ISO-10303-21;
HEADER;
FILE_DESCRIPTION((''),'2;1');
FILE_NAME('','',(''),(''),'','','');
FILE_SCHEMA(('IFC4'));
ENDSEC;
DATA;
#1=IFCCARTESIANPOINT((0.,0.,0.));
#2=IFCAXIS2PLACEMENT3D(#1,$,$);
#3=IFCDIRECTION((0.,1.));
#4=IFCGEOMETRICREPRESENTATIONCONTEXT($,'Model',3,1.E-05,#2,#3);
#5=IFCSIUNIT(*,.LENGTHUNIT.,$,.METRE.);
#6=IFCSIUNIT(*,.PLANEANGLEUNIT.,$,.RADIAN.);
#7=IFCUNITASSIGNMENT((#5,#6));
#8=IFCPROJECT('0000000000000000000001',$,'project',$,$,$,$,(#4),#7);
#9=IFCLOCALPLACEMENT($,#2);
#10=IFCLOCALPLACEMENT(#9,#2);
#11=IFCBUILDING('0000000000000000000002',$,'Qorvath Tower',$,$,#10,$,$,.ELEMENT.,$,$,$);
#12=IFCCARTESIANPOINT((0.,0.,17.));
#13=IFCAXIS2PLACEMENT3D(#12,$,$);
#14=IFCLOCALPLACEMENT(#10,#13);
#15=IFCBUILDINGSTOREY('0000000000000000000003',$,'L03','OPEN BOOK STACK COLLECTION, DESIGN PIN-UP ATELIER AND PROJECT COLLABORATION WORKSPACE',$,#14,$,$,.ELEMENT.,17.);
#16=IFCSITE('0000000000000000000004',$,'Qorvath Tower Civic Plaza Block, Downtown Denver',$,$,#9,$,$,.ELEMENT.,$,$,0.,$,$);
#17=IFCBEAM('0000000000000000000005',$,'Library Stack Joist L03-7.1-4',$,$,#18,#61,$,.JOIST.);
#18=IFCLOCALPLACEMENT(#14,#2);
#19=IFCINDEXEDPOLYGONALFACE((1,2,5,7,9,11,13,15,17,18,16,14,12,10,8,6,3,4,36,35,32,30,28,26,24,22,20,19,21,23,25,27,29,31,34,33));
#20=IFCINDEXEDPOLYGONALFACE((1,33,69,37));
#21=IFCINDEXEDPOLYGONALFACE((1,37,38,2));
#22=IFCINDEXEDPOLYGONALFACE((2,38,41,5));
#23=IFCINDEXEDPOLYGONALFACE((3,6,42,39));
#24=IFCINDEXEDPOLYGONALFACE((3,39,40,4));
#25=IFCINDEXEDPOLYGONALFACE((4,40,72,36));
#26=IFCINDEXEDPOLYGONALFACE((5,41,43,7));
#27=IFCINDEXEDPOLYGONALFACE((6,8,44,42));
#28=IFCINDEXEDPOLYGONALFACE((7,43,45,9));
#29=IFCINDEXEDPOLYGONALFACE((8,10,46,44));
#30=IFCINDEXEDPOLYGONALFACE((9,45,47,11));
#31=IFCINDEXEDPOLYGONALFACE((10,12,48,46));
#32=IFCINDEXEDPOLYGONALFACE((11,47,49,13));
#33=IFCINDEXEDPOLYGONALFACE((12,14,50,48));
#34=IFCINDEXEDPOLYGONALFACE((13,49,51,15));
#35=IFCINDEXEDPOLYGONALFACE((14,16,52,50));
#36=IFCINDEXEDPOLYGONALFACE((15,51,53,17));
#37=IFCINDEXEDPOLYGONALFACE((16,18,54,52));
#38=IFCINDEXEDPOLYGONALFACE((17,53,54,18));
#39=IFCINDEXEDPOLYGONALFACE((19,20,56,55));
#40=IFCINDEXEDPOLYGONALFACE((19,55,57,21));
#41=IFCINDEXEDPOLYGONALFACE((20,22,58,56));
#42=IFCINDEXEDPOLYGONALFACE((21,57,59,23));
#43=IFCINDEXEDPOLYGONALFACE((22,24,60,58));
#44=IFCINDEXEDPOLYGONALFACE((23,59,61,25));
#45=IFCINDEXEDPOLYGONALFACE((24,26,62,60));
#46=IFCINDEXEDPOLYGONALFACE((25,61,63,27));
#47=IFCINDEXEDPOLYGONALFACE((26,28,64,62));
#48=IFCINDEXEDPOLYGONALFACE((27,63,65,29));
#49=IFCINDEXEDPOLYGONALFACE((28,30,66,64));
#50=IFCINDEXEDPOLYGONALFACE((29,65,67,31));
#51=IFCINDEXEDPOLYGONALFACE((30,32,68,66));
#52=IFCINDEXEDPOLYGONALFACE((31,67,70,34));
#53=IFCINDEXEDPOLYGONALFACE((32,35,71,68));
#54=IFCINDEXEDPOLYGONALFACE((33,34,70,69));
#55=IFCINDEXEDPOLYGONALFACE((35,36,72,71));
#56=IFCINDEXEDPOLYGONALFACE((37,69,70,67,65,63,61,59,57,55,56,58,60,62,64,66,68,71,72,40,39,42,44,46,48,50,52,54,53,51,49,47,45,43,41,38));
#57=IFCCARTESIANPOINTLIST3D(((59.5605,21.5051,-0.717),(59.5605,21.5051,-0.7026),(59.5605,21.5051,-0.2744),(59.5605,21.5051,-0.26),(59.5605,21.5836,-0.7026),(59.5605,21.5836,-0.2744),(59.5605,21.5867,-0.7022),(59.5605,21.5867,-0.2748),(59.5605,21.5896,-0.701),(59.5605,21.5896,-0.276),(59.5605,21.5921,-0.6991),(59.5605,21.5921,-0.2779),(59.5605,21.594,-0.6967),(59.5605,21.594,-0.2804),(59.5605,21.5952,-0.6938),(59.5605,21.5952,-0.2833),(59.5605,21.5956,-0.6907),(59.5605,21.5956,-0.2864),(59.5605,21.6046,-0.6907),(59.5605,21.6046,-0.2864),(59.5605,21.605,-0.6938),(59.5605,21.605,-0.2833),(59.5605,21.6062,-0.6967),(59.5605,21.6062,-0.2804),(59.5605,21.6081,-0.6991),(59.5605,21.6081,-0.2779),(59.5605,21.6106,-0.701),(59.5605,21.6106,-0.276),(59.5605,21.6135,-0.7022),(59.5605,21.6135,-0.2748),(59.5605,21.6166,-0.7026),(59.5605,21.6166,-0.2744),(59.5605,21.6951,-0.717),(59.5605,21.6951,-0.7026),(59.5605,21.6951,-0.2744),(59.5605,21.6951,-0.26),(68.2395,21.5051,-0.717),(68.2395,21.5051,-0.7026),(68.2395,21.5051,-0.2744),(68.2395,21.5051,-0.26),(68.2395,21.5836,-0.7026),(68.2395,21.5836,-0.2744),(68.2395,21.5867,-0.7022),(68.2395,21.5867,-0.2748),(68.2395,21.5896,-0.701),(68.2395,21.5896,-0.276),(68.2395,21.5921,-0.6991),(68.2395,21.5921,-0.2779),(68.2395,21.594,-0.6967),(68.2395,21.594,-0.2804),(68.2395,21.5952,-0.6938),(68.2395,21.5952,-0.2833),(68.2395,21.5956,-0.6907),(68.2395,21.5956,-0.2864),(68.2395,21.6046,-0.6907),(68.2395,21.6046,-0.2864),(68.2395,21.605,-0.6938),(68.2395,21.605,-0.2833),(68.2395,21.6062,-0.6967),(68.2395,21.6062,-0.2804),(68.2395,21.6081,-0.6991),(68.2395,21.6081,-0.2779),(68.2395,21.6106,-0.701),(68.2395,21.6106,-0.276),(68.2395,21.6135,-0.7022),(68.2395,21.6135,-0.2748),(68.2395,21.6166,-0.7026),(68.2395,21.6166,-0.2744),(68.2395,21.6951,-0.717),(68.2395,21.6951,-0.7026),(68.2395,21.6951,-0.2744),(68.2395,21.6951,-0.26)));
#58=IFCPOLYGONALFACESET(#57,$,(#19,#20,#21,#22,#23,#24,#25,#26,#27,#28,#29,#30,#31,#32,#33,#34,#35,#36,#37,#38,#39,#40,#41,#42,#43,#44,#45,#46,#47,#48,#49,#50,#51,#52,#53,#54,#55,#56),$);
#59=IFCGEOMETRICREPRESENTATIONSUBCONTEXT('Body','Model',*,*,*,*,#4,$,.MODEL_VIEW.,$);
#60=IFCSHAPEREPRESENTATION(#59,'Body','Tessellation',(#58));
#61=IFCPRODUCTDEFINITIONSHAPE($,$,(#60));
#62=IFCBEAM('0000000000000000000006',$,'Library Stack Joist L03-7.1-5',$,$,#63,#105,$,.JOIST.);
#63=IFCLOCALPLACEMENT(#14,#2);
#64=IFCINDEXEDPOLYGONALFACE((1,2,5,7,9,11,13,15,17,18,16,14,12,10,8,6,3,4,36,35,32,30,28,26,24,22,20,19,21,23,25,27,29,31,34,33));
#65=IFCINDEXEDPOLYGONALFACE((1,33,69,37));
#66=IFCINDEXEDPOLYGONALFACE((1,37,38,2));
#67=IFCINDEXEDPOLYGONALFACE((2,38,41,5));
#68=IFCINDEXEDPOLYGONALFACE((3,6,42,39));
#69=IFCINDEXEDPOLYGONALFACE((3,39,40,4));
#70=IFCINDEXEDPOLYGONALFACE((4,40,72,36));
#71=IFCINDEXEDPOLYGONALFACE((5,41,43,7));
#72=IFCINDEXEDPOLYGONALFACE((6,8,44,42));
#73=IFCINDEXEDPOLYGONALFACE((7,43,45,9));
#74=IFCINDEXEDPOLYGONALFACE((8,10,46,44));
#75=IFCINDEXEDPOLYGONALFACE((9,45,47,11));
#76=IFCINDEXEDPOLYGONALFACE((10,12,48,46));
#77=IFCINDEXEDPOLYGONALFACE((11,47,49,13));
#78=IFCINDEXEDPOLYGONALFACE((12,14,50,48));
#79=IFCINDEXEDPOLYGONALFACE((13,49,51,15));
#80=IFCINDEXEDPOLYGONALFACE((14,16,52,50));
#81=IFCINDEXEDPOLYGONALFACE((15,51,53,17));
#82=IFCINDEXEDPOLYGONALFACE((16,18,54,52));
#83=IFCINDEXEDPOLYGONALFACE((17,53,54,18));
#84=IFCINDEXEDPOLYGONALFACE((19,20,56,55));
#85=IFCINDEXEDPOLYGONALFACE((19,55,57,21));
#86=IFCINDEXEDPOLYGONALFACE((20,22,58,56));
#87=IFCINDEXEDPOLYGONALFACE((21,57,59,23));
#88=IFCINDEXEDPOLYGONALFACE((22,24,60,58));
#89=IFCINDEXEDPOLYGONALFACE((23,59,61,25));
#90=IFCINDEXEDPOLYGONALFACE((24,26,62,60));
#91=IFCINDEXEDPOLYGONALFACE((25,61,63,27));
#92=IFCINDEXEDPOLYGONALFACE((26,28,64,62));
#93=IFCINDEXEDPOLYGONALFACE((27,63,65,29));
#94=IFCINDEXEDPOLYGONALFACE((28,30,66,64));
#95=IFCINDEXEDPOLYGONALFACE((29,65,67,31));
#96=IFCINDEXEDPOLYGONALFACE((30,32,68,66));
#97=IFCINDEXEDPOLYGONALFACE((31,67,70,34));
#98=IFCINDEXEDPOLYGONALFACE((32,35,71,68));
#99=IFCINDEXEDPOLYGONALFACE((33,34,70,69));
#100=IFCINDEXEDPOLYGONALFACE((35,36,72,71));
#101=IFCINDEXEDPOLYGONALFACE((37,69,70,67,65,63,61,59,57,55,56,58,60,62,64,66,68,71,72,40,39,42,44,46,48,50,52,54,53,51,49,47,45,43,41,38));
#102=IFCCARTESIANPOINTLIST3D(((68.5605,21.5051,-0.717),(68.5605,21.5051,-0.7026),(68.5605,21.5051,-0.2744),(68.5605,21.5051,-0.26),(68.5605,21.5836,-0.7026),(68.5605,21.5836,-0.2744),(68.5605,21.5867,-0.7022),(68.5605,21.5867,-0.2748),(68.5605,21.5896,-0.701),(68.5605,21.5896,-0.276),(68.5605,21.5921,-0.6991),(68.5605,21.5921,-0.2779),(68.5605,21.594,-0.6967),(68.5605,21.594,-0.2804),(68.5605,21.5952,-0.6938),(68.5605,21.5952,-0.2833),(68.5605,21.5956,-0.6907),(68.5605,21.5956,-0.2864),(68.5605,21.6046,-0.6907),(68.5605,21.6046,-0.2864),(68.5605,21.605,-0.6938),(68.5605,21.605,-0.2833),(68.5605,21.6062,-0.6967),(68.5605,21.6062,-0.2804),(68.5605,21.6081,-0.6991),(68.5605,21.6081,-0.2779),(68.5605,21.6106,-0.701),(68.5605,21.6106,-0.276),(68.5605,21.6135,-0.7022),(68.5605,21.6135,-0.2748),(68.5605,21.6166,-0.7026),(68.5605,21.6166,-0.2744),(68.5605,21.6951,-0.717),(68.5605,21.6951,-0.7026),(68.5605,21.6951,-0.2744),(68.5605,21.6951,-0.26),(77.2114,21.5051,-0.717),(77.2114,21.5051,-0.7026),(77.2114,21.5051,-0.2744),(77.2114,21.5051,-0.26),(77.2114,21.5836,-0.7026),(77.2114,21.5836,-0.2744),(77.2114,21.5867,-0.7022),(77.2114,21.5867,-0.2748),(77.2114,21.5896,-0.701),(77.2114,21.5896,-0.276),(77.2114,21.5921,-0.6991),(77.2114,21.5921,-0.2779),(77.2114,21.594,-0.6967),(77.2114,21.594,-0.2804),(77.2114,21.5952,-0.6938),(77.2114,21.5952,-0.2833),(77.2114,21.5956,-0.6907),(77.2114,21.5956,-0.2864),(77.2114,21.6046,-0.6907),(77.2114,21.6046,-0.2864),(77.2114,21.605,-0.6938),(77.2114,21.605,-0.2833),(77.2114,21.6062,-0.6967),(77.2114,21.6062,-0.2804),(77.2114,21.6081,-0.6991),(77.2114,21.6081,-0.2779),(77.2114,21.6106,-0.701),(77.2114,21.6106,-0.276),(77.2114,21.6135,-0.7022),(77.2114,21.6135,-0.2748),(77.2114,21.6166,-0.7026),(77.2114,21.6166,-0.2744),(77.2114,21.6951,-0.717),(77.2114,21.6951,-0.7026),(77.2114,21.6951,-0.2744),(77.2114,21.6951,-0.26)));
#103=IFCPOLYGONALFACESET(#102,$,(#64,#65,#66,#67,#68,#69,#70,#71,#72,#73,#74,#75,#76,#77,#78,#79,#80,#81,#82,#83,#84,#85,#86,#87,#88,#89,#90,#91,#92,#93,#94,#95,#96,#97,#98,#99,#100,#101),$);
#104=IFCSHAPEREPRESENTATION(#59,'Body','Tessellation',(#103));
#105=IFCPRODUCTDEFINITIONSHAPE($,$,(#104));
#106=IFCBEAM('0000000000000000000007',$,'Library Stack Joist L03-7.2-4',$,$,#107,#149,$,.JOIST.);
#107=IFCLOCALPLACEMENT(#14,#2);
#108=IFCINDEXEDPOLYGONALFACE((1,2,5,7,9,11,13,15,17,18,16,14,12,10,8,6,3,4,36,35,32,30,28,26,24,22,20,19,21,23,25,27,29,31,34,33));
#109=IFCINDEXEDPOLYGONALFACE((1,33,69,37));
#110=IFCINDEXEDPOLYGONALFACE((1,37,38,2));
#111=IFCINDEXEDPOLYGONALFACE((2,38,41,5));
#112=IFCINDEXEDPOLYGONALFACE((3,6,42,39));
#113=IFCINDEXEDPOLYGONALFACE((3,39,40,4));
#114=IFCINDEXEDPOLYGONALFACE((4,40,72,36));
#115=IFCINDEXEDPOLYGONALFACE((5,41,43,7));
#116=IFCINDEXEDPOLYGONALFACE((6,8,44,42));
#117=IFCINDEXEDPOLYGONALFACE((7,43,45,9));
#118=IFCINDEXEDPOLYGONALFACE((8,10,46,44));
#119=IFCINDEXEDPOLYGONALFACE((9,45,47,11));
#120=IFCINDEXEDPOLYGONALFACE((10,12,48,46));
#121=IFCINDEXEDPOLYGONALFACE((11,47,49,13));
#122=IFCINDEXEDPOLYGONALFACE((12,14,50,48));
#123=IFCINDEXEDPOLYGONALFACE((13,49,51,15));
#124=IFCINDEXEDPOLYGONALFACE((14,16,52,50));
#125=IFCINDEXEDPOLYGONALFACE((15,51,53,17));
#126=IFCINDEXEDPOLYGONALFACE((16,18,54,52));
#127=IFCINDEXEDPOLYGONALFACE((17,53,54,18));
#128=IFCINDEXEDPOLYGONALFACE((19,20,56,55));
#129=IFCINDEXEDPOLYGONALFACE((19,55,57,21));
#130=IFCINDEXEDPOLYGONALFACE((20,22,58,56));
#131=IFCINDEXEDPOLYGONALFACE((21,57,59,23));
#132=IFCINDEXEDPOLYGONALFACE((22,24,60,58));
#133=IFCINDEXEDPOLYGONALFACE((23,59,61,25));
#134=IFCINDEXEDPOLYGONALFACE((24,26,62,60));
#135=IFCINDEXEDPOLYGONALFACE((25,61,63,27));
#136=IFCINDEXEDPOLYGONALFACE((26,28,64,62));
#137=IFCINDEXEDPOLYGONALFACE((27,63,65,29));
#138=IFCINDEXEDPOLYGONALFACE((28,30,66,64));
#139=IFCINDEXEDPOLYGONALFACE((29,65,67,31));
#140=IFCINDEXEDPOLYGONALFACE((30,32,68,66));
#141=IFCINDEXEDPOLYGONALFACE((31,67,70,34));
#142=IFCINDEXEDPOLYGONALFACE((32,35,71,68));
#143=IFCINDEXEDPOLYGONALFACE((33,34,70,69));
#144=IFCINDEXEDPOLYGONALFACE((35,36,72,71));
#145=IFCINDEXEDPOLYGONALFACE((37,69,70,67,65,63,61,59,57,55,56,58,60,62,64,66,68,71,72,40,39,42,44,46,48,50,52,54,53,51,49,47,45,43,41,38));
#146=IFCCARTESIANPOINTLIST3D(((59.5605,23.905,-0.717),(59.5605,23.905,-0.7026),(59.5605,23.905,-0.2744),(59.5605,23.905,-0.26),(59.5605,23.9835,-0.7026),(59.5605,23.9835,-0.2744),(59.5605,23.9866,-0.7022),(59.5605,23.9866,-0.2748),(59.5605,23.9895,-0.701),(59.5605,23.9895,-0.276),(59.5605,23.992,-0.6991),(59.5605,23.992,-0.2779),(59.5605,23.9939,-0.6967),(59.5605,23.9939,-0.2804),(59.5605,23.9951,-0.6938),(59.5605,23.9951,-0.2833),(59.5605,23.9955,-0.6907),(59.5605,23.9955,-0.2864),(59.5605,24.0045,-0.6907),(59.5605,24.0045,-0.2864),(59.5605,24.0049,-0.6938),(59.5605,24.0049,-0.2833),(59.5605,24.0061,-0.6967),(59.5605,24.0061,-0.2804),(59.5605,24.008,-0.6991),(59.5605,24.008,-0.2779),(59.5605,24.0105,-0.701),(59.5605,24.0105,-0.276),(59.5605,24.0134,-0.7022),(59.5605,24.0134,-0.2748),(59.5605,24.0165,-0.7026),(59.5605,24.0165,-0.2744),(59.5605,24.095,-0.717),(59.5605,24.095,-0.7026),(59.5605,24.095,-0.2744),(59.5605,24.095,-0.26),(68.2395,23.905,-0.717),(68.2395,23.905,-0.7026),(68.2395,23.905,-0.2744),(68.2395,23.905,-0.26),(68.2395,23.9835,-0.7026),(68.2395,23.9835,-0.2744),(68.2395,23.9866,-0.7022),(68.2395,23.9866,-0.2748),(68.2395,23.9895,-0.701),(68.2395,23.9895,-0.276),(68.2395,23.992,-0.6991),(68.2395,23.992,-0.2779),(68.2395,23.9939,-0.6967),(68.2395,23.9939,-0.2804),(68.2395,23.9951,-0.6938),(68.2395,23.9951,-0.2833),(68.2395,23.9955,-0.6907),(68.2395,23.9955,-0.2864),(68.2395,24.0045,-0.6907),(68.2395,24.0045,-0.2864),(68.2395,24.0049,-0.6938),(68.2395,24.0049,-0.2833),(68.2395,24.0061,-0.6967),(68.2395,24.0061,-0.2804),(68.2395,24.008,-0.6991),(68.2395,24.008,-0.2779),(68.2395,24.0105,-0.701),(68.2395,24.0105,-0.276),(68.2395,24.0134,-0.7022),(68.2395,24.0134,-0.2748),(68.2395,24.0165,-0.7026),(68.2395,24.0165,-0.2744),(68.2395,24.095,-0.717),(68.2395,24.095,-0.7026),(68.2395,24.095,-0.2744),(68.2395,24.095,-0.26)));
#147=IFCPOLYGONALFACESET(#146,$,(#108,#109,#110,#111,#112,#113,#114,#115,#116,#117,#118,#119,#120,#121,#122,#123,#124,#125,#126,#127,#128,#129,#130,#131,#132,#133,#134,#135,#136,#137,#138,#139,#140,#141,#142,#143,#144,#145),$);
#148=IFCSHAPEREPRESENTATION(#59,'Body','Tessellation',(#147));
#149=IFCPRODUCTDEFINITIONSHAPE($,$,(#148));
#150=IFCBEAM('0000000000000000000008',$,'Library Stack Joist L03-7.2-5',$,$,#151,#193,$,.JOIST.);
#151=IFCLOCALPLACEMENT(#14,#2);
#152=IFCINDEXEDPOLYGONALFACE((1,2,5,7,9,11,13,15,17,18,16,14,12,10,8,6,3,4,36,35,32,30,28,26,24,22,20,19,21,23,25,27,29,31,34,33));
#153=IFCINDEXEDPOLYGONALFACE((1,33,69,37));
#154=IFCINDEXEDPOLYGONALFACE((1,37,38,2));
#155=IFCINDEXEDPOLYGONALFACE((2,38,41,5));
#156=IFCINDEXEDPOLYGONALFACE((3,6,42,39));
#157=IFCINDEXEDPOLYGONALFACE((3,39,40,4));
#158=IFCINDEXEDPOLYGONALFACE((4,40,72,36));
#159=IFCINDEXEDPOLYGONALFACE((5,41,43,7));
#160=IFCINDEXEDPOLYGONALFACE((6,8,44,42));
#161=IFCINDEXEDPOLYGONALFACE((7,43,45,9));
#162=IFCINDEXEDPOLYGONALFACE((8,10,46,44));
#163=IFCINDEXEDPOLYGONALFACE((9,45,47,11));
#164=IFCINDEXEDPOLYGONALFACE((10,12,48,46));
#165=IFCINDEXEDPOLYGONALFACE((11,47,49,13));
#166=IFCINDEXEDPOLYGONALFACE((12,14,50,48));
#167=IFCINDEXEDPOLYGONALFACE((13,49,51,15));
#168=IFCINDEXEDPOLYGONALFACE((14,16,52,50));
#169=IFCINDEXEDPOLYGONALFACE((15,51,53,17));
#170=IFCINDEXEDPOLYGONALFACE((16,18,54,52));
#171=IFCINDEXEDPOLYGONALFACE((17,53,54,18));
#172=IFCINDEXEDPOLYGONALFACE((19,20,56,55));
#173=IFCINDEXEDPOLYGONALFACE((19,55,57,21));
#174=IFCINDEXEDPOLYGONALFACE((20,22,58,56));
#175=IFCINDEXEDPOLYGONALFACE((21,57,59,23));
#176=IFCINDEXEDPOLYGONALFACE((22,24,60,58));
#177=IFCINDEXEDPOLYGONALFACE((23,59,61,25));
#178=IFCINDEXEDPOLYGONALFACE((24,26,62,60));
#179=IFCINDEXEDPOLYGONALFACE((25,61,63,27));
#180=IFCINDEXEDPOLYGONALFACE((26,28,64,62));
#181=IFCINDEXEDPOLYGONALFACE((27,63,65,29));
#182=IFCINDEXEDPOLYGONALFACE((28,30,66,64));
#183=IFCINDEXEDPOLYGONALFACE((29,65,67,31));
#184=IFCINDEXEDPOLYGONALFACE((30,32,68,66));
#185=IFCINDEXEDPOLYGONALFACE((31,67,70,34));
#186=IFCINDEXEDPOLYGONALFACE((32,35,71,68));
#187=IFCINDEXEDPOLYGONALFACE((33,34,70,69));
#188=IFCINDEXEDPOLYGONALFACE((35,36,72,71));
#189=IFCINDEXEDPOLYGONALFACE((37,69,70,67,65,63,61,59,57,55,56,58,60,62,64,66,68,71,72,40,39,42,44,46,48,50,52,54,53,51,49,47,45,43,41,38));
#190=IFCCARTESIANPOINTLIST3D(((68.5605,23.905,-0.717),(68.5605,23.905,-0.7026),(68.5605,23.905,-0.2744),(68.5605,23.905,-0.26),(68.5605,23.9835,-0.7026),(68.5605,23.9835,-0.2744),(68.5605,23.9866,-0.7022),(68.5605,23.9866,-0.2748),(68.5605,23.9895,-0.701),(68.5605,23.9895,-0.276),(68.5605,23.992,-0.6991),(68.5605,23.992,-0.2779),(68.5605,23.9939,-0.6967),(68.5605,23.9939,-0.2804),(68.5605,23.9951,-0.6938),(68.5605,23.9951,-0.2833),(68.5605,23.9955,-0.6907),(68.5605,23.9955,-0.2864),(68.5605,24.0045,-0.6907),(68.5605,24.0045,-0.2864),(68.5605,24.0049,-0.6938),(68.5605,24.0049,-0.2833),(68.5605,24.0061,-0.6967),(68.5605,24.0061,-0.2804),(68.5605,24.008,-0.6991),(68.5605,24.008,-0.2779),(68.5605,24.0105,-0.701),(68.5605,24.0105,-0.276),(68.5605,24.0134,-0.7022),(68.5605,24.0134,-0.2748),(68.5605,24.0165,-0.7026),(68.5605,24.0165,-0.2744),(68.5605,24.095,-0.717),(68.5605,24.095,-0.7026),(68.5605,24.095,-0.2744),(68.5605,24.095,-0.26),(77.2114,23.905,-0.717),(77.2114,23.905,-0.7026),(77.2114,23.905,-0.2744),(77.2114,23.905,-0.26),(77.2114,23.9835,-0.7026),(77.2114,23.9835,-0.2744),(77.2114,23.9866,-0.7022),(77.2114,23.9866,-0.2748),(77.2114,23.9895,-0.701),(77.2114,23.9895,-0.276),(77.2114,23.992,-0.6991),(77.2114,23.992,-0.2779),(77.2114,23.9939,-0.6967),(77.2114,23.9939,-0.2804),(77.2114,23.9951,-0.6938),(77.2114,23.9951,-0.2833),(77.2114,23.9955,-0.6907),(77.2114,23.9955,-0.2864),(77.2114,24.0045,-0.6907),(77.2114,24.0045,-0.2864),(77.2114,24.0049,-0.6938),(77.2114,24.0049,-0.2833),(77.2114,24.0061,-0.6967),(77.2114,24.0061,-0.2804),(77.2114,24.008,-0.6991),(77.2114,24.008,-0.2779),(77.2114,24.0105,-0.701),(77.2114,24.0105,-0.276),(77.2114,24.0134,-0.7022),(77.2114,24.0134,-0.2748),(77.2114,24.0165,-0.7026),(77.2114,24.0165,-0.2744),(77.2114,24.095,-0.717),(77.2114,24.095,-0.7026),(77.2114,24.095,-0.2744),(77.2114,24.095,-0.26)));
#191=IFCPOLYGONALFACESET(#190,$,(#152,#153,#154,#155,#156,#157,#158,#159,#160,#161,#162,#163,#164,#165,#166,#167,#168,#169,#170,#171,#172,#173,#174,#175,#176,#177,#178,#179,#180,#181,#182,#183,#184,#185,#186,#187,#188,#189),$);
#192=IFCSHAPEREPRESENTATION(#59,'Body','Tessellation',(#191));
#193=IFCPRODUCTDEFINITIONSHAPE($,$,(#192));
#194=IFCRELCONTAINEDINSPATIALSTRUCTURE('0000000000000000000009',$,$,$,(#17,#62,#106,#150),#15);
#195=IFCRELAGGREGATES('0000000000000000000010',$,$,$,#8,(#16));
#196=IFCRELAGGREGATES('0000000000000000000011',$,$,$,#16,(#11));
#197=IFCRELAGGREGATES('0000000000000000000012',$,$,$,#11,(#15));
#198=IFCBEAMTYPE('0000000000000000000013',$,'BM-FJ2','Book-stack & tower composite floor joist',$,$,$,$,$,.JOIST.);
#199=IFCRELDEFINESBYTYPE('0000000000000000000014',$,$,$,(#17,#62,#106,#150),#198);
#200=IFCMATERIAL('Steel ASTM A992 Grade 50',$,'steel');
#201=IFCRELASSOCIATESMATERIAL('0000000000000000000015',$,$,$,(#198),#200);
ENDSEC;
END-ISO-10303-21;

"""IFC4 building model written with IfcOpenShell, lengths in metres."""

from ifc_helpers import new_model, si_unit, direction, frame, origin, origin_2d, place, context, subcontext, project, spatial, i_section, extrude, material, material_profile, profile_set, type_object, element, save


model = new_model("IFC4")

# Units and contexts
model_context = context("Model", 3, precision=1e-05, world=origin(), true_north=direction((0.0, 1.0)))
body_context = subcontext(model_context, "Body", "Model", "MODEL_VIEW")
ifc_project = project(units=[si_unit("LENGTHUNIT", "METRE"), si_unit("PLANEANGLEUNIT", "RADIAN")], contexts=[model_context])

# Site, building, storey
site_placement = place(None, origin())
site = spatial("IfcSite", under=ifc_project, at=site_placement, Name="Qorvath Tower Civic Plaza Block, Downtown Denver", CompositionType="ELEMENT", RefElevation=0.0)
building_placement = place(site_placement, origin())
building = spatial("IfcBuilding", under=site, at=building_placement, Name="Qorvath Tower", CompositionType="ELEMENT")
storey_placement = place(building_placement, frame((0.0, 0.0, 17.0)))
storey = spatial("IfcBuildingStorey", under=building, at=storey_placement, Name="L03", Description="OPEN BOOK STACK COLLECTION, DESIGN PIN-UP ATELIER AND PROJECT COLLABORATION WORKSPACE", CompositionType="ELEMENT", Elevation=17.0)

# Beams
ifc_material_1 = material(Name="Steel ASTM A992 Grade 50", Category="steel")
ifc_material_profile_1 = material_profile(ifc_material_1, i_section(OverallWidth=0.1899, OverallDepth=0.457, WebThickness=0.009, FlangeThickness=0.0144, FilletRadius=0.012, at=origin_2d()), Name="W18x50")
ifc_profile_set_1 = profile_set([ifc_material_profile_1], Name="Steel ASTM A992 Grade 50")
beam_type_1 = type_object("IfcBeamType", Name="BM-FJ2", Description="Book-stack & tower composite floor joist", PredefinedType="JOIST", material=ifc_profile_set_1)
beam_1_placement = place(storey_placement, frame((59.5605, 21.6001, -0.4885), z_axis=(1.0, 0.0, 0.0), x_axis=(0.0, 1.0, 0.0)))
element("IfcBeam", 1, at=beam_1_placement, inside=storey, type_object=beam_type_1, Name="Library Stack Joist L03-7.1-4", PredefinedType="JOIST", context=body_context, shape_type="SweptSolid", body=[
    extrude(i_section(OverallWidth=0.1899, OverallDepth=0.457, WebThickness=0.009, FlangeThickness=0.0144, FilletRadius=0.012, at=origin_2d()), origin(), (0.0, 0.0, 1.0), 8.679),
])
beam_2_placement = place(storey_placement, frame((68.5605, 21.6001, -0.4885), z_axis=(1.0, 0.0, 0.0), x_axis=(0.0, 1.0, 0.0)))
element("IfcBeam", 2, at=beam_2_placement, inside=storey, type_object=beam_type_1, Name="Library Stack Joist L03-7.1-5", PredefinedType="JOIST", context=body_context, shape_type="SweptSolid", body=[
    extrude(i_section(OverallWidth=0.1899, OverallDepth=0.457, WebThickness=0.009, FlangeThickness=0.0144, FilletRadius=0.012, at=origin_2d()), origin(), (0.0, 0.0, 1.0), 8.6509),
])
beam_3_placement = place(storey_placement, frame((59.5605, 24.0, -0.4885), z_axis=(1.0, 0.0, 0.0), x_axis=(0.0, 1.0, 0.0)))
element("IfcBeam", 3, at=beam_3_placement, inside=storey, type_object=beam_type_1, Name="Library Stack Joist L03-7.2-4", PredefinedType="JOIST", context=body_context, shape_type="SweptSolid", body=[
    extrude(i_section(OverallWidth=0.1899, OverallDepth=0.457, WebThickness=0.009, FlangeThickness=0.0144, FilletRadius=0.012, at=origin_2d()), origin(), (0.0, 0.0, 1.0), 8.679),
])
beam_4_placement = place(storey_placement, frame((68.5605, 24.0, -0.4885), z_axis=(1.0, 0.0, 0.0), x_axis=(0.0, 1.0, 0.0)))
element("IfcBeam", 4, at=beam_4_placement, inside=storey, type_object=beam_type_1, Name="Library Stack Joist L03-7.2-5", PredefinedType="JOIST", context=body_context, shape_type="SweptSolid", body=[
    extrude(i_section(OverallWidth=0.1899, OverallDepth=0.457, WebThickness=0.009, FlangeThickness=0.0144, FilletRadius=0.012, at=origin_2d()), origin(), (0.0, 0.0, 1.0), 8.6509),
])

save(model, "model.ifc")
